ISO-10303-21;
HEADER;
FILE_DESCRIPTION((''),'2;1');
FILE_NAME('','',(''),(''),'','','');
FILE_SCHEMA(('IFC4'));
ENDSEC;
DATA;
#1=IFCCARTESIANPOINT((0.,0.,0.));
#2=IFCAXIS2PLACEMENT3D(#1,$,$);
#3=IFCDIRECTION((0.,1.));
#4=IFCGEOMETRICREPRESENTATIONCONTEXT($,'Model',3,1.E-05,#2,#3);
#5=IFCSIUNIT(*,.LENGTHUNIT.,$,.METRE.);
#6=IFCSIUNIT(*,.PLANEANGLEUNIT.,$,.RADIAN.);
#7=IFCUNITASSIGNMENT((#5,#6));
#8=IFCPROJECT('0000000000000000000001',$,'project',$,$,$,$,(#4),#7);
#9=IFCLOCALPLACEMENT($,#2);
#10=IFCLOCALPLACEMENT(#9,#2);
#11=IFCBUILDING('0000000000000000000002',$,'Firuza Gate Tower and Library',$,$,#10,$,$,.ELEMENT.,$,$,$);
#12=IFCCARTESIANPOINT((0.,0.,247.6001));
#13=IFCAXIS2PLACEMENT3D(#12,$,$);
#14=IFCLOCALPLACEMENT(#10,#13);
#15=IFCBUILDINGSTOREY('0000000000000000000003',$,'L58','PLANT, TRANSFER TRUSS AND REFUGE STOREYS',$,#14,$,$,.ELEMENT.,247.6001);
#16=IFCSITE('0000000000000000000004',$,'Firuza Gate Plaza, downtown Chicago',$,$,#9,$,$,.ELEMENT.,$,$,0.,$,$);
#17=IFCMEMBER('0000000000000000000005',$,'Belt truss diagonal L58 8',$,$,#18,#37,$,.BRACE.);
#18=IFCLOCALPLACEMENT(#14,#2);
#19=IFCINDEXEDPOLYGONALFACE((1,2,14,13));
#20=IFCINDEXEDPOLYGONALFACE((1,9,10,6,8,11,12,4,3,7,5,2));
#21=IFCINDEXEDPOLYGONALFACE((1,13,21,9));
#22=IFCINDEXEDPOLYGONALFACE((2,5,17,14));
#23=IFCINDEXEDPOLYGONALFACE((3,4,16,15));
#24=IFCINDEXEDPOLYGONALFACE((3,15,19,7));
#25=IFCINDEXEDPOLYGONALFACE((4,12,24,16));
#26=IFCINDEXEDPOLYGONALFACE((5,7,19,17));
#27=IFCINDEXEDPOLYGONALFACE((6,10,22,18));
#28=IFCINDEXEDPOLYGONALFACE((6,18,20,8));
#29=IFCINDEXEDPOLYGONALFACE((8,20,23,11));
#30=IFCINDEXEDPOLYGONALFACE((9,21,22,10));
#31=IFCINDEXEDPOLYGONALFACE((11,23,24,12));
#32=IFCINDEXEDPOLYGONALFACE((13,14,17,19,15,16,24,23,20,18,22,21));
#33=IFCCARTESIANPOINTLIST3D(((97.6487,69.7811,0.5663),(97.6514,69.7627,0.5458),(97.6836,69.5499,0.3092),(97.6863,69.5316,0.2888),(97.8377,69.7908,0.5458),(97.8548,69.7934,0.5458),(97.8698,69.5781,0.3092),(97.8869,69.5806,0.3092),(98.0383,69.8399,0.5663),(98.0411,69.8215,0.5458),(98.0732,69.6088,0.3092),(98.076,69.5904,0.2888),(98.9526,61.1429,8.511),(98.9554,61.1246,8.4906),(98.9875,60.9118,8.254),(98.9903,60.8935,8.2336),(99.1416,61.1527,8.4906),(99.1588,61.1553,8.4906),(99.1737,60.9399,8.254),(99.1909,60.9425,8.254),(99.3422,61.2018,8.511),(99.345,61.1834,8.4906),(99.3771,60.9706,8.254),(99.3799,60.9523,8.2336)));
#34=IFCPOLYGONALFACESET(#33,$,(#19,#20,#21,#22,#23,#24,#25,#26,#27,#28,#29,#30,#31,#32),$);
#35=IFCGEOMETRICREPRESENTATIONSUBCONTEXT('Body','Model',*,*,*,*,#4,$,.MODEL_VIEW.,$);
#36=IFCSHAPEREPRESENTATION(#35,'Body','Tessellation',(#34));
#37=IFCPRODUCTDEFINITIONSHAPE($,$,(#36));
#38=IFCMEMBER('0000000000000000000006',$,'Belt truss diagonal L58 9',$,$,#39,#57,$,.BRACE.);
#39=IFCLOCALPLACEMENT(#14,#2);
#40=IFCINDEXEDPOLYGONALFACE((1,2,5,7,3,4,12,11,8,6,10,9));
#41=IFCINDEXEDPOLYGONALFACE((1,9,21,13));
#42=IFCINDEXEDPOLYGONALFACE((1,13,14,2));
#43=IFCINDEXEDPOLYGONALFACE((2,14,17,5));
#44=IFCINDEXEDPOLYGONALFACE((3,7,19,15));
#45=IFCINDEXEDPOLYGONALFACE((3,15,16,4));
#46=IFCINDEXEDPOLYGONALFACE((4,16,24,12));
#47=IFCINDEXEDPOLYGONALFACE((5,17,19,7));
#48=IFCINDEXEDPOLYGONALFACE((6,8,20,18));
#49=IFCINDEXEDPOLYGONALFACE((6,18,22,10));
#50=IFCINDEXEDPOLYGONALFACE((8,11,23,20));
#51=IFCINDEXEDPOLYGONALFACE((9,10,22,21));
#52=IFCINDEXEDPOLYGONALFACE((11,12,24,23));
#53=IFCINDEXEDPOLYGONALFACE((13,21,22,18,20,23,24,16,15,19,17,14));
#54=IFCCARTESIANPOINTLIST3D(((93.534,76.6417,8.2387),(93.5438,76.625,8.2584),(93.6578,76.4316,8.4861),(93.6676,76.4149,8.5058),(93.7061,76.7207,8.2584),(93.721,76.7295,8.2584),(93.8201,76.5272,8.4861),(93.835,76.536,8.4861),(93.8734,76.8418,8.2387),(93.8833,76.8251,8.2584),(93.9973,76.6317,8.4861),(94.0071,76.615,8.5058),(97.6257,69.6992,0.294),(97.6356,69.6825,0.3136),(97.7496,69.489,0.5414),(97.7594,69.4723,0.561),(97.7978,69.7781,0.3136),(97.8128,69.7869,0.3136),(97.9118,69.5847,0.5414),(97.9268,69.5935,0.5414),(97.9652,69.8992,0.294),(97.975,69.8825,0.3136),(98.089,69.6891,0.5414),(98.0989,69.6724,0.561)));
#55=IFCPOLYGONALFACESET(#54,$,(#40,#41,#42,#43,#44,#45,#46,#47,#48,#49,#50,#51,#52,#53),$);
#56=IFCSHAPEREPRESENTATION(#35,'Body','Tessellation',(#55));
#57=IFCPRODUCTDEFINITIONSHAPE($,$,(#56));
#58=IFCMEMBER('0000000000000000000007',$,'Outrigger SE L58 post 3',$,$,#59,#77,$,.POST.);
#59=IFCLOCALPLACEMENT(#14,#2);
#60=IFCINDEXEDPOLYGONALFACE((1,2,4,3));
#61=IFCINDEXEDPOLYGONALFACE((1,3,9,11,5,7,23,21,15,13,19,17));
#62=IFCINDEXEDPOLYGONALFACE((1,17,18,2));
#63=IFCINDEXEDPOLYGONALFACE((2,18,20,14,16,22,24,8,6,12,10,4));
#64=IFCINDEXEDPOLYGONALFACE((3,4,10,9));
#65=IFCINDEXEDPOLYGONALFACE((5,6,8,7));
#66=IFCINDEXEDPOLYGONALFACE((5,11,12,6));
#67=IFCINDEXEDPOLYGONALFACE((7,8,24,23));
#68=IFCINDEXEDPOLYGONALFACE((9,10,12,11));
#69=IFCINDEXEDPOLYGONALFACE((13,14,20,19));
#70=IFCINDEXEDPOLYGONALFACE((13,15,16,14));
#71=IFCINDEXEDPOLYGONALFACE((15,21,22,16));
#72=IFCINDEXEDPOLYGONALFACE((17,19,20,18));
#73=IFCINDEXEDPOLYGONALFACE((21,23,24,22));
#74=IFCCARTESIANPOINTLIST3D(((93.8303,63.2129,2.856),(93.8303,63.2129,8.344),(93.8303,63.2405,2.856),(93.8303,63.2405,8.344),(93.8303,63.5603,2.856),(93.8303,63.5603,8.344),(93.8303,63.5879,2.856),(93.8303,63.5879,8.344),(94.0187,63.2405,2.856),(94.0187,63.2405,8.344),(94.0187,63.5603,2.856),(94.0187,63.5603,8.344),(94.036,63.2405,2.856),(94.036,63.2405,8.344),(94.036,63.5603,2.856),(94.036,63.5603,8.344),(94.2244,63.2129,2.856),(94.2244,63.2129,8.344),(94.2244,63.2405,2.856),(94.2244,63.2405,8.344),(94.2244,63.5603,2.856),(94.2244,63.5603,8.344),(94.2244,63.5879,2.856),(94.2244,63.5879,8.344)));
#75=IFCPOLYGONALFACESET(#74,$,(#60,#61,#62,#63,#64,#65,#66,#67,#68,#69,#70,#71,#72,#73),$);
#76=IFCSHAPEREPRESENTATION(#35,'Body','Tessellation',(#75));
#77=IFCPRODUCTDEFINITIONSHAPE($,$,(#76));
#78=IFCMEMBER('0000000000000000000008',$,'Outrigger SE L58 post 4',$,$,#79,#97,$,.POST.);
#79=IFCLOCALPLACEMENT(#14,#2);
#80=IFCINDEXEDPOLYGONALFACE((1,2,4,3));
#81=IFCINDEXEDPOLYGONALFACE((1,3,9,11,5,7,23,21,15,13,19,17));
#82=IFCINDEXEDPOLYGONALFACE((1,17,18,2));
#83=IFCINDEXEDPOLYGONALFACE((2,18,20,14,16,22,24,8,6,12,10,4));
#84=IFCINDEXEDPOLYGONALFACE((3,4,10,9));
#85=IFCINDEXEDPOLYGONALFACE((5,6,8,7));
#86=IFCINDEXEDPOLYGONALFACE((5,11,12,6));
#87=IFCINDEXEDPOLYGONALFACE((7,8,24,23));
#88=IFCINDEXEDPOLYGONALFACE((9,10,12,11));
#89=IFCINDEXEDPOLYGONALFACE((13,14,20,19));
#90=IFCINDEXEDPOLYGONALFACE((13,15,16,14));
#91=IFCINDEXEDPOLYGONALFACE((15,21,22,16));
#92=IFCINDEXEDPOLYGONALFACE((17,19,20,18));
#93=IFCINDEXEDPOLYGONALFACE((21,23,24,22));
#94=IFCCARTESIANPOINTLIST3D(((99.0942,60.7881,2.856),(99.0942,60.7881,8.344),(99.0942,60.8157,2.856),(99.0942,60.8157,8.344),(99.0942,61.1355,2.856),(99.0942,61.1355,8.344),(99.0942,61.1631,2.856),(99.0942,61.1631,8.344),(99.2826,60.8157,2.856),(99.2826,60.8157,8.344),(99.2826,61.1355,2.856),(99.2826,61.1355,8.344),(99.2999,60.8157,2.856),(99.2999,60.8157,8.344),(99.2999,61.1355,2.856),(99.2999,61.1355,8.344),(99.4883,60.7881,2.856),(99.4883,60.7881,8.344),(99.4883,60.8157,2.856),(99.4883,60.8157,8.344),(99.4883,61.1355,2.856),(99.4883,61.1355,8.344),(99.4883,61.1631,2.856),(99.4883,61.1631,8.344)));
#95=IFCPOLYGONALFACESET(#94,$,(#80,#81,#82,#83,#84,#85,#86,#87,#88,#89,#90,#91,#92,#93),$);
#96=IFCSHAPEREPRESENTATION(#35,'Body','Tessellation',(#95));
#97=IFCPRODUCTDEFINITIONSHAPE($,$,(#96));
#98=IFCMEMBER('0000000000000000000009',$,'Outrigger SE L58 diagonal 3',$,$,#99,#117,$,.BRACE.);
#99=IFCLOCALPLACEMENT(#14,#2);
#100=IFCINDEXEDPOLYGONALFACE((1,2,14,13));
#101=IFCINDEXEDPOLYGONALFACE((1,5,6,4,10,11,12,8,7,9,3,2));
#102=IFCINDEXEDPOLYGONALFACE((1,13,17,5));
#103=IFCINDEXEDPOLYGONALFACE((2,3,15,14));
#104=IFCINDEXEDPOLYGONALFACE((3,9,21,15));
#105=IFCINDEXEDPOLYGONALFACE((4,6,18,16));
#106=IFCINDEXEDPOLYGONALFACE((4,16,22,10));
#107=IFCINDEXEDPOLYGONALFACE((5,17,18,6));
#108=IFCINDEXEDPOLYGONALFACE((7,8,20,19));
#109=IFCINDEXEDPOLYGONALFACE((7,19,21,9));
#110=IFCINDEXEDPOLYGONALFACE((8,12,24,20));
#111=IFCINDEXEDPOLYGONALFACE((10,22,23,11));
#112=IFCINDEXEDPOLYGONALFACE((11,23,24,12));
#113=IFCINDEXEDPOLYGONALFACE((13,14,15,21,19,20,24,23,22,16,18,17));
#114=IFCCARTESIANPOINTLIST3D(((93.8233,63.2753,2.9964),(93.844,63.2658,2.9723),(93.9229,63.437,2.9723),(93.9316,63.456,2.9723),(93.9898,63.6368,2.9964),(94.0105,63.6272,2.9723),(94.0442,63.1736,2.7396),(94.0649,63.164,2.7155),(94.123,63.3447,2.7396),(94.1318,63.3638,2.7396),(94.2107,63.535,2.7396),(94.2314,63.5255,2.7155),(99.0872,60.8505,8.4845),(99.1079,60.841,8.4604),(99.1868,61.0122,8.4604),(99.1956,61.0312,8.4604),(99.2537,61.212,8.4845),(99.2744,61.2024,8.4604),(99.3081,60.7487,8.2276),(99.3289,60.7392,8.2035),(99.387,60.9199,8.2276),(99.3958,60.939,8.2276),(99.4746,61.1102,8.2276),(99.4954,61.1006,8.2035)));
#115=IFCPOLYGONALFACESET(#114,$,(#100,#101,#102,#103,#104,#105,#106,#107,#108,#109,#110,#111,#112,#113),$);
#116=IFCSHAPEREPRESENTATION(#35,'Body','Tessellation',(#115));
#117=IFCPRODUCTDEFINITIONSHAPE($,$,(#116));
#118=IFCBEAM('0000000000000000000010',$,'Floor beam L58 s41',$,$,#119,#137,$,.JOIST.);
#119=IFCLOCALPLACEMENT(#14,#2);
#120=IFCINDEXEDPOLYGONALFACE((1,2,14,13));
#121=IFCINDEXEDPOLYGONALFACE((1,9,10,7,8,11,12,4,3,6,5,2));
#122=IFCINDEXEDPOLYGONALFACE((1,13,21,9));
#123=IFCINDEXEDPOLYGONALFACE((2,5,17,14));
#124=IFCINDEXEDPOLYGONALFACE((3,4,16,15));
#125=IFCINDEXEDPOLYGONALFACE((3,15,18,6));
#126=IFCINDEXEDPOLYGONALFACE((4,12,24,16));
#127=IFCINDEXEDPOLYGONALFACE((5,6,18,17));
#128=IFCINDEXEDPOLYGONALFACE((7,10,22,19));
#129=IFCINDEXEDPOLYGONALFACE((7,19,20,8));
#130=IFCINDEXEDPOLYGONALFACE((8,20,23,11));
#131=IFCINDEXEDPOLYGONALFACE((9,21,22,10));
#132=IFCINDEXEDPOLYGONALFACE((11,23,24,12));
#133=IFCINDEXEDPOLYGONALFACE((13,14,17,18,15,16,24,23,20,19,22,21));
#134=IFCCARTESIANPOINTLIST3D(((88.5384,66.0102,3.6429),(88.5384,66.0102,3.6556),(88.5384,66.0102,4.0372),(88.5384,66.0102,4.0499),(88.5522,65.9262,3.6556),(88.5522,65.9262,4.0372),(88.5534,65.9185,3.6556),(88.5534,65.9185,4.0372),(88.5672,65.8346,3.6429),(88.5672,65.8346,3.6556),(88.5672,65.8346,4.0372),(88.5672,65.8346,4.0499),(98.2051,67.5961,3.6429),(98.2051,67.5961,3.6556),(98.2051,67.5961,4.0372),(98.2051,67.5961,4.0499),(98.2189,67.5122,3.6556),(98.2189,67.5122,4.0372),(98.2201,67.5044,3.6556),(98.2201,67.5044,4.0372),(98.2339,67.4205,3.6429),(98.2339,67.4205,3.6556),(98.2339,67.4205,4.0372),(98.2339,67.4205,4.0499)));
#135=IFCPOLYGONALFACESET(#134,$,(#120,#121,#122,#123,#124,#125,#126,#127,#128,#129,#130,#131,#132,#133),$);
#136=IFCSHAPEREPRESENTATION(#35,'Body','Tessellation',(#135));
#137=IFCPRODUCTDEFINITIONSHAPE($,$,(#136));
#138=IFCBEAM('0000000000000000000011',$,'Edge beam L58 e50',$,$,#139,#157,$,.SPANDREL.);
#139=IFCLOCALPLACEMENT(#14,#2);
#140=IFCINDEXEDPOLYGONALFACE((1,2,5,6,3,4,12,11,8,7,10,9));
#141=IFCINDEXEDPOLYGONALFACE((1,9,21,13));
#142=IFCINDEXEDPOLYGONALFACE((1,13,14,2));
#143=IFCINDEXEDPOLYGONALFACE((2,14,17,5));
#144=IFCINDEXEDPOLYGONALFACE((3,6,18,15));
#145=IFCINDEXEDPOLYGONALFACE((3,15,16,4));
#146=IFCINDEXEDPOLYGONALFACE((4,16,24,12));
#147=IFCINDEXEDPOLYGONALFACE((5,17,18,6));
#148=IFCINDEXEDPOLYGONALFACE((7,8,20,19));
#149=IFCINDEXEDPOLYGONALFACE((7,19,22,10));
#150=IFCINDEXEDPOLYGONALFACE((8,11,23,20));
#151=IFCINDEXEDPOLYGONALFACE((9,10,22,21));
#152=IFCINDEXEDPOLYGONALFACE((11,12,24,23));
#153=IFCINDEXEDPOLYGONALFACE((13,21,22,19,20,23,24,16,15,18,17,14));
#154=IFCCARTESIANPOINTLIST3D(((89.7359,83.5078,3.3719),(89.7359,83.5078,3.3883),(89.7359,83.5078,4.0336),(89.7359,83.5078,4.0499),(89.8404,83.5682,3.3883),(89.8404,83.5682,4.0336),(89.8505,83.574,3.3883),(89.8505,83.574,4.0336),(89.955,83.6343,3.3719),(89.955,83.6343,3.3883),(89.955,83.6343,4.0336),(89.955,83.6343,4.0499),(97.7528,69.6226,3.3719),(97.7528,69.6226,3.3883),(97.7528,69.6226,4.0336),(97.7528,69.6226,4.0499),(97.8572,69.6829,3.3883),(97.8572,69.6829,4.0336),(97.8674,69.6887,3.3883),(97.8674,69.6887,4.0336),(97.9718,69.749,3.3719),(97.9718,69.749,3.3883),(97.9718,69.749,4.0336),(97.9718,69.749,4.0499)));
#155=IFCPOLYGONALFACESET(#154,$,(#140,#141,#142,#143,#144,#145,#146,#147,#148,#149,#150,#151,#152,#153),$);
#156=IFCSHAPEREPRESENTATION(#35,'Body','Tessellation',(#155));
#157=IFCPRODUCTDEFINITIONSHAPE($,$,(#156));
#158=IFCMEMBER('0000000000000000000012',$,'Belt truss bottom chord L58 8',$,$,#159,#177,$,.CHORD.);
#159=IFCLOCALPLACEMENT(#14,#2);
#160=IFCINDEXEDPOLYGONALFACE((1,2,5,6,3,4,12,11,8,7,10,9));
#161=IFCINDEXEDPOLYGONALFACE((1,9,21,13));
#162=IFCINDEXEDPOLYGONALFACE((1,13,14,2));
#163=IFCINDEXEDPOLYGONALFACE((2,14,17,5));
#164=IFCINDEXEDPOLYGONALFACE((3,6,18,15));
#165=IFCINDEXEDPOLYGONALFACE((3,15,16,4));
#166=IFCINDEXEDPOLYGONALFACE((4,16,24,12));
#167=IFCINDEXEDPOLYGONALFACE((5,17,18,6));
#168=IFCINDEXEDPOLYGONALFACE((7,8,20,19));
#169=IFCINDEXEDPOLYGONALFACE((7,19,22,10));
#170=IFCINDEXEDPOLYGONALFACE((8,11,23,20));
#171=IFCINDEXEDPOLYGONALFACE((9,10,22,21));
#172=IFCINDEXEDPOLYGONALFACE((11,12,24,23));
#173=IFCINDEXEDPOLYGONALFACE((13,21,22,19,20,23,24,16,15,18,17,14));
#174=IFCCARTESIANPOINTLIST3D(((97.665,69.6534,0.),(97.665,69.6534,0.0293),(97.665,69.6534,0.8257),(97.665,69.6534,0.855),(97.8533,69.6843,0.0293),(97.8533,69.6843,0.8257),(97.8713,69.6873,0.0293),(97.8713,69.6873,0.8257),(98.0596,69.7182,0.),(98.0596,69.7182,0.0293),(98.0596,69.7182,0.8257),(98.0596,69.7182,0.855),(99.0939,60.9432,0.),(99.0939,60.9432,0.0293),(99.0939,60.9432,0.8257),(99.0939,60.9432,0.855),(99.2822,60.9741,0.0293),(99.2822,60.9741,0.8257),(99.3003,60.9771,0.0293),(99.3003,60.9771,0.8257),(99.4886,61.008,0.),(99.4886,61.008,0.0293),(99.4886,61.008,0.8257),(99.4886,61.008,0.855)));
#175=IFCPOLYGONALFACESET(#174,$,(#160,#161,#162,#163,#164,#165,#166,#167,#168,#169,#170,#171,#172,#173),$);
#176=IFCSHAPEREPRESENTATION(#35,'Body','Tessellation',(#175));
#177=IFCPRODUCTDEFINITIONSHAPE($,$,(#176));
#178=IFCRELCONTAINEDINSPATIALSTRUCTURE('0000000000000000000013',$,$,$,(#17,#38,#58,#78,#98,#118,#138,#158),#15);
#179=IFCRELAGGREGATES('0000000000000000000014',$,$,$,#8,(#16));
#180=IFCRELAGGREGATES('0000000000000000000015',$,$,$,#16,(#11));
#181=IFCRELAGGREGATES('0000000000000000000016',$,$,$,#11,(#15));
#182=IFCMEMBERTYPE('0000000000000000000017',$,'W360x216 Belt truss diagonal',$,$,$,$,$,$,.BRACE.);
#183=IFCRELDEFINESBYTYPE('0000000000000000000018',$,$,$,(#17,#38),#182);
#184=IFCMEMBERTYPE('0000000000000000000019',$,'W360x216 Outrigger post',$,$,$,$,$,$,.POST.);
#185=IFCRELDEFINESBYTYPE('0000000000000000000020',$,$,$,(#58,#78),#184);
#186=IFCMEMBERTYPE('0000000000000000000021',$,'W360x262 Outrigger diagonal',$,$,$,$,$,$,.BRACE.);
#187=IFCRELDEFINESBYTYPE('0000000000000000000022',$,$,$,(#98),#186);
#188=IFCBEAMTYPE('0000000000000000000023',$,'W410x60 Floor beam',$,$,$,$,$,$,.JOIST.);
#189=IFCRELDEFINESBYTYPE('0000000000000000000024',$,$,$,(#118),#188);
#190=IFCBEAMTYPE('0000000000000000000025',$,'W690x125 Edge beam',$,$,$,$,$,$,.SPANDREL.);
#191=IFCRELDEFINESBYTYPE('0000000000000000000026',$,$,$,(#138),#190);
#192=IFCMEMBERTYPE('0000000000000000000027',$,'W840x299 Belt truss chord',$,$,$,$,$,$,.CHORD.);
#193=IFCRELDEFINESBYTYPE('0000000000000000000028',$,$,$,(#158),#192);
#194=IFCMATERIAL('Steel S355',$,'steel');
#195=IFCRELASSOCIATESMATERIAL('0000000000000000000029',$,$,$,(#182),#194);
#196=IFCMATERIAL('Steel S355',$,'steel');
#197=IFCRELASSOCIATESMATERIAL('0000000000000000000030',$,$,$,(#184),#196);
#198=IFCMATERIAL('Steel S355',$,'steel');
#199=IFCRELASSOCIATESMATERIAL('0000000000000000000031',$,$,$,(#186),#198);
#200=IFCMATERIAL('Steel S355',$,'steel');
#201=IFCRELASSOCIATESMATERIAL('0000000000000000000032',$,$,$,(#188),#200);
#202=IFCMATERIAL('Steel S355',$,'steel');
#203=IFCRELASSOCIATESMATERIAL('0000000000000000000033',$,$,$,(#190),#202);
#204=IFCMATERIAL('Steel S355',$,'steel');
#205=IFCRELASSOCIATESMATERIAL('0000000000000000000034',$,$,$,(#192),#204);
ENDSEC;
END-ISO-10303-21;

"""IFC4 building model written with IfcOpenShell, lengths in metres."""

from ifc_helpers import new_model, si_unit, direction, frame, origin, origin_2d, place, context, subcontext, project, spatial, i_section, extrude, material, material_profile, profile_set, type_object, element, save


model = new_model("IFC4")

# Units and contexts
model_context = context("Model", 3, precision=1e-05, world=origin(), true_north=direction((0.0, 1.0)))
body_context = subcontext(model_context, "Body", "Model", "MODEL_VIEW")
ifc_project = project(units=[si_unit("LENGTHUNIT", "METRE"), si_unit("PLANEANGLEUNIT", "RADIAN")], contexts=[model_context])

# Site, building, storey
site_placement = place(None, origin())
site = spatial("IfcSite", under=ifc_project, at=site_placement, Name="Firuza Gate Plaza, downtown Chicago", CompositionType="ELEMENT", RefElevation=0.0)
building_placement = place(site_placement, origin())
building = spatial("IfcBuilding", under=site, at=building_placement, Name="Firuza Gate Tower and Library", CompositionType="ELEMENT")
storey_placement = place(building_placement, frame((0.0, 0.0, 247.6001)))
storey = spatial("IfcBuildingStorey", under=building, at=storey_placement, Name="L58", Description="PLANT, TRANSFER TRUSS AND REFUGE STOREYS", CompositionType="ELEMENT", Elevation=247.6001)

# Members
ifc_material_1 = material(Name="Steel S355", Category="steel")
ifc_material_profile_1 = material_profile(ifc_material_1, i_section(OverallWidth=0.394, OverallDepth=0.375, WebThickness=0.0173, FlangeThickness=0.0276, at=origin_2d()))
ifc_profile_set_1 = profile_set([ifc_material_profile_1], Name="Steel S355")
member_type_1 = type_object("IfcMemberType", Name="W360x216 Belt truss diagonal", PredefinedType="BRACE", material=ifc_profile_set_1)
member_1_placement = place(storey_placement, frame((99.1663, 61.0476, 8.3723), z_axis=(-0.110426, 0.731528, -0.67281), x_axis=(-0.988798, -0.149261, 0.0)))
element("IfcMember", 1, at=member_1_placement, inside=storey, type_object=member_type_1, Name="Belt truss diagonal L58 8", PredefinedType="BRACE", context=body_context, shape_type="SweptSolid", body=[
    extrude(i_section(OverallWidth=0.394, OverallDepth=0.375, WebThickness=0.0173, FlangeThickness=0.0276, at=origin_2d()), origin(), (0.0, 0.0, 1.0), 11.8083),
])
member_2_placement = place(storey_placement, frame((97.8623, 69.6858, 0.4275), z_axis=(-0.361578, 0.613496, 0.702057), x_axis=(-0.861506, -0.507748, 0.0)))
element("IfcMember", 2, at=member_2_placement, inside=storey, type_object=member_type_1, Name="Belt truss diagonal L58 9", PredefinedType="BRACE", context=body_context, shape_type="SweptSolid", body=[
    extrude(i_section(OverallWidth=0.394, OverallDepth=0.375, WebThickness=0.0173, FlangeThickness=0.0276, at=origin_2d()), origin(), (0.0, 0.0, 1.0), 11.3164),
])
ifc_material_2 = material(Name="Steel S355", Category="steel")
ifc_material_profile_2 = material_profile(ifc_material_2, i_section(OverallWidth=0.394, OverallDepth=0.375, WebThickness=0.0173, FlangeThickness=0.0276, at=origin_2d()))
ifc_profile_set_2 = profile_set([ifc_material_profile_2], Name="Steel S355")
member_type_2 = type_object("IfcMemberType", Name="W360x216 Outrigger post", PredefinedType="POST", material=ifc_profile_set_2)
for number, where, z_axis, x_axis, name in (
    (3, (94.0273, 63.4004, 2.856), (0.0, 0.0, 1.0), (1.0, 0.0, 0.0), "Outrigger SE L58 post 3"),
    (4, (99.2913, 60.9756, 2.856), (0.0, 0.0, 1.0), (1.0, 0.0, 0.0), "Outrigger SE L58 post 4"),
):
    element("IfcMember", number, at=place(storey_placement, frame(where, z_axis=z_axis, x_axis=x_axis)), inside=storey, type_object=member_type_2, Name=name, PredefinedType="POST", context=body_context, shape_type="SweptSolid", body=[
        extrude(i_section(OverallWidth=0.394, OverallDepth=0.375, WebThickness=0.0173, FlangeThickness=0.0276, at=origin_2d()), origin(), (0.0, 0.0, 1.0), 5.488),
    ])
ifc_material_3 = material(Name="Steel S355", Category="steel")
ifc_material_profile_3 = material_profile(ifc_material_3, i_section(OverallWidth=0.3979, OverallDepth=0.387, WebThickness=0.021, FlangeThickness=0.0332, at=origin_2d()))
ifc_profile_set_3 = profile_set([ifc_material_profile_3], Name="Steel S355")
member_type_3 = type_object("IfcMemberType", Name="W360x262 Outrigger diagonal", PredefinedType="BRACE", material=ifc_profile_set_3)
member_3_placement = place(storey_placement, frame((94.0273, 63.4004, 2.856), z_axis=(0.659501, -0.303797, 0.68758), x_axis=(0.41839, 0.908267, 0.0)))
element("IfcMember", 5, at=member_3_placement, inside=storey, type_object=member_type_3, Name="Outrigger SE L58 diagonal 3", PredefinedType="BRACE", context=body_context, shape_type="SweptSolid", body=[
    extrude(i_section(OverallWidth=0.3979, OverallDepth=0.387, WebThickness=0.021, FlangeThickness=0.0332, at=origin_2d()), origin(), (0.0, 0.0, 1.0), 7.9817),
])

# Beams
ifc_material_4 = material(Name="Steel S355", Category="steel")
ifc_material_profile_4 = material_profile(ifc_material_4, i_section(OverallWidth=0.178, OverallDepth=0.407, WebThickness=0.0078, FlangeThickness=0.0127, at=origin_2d()))
ifc_profile_set_4 = profile_set([ifc_material_profile_4], Name="Steel S355")
beam_type_1 = type_object("IfcBeamType", Name="W410x60 Floor beam", PredefinedType="JOIST", material=ifc_profile_set_4)
beam_1_placement = place(storey_placement, frame((98.2195, 67.5083, 3.8464), z_axis=(-0.986808, -0.161897, 0.0), x_axis=(0.161897, -0.986808, 0.0)))
element("IfcBeam", 6, at=beam_1_placement, inside=storey, type_object=beam_type_1, Name="Floor beam L58 s41", PredefinedType="JOIST", context=body_context, shape_type="SweptSolid", body=[
    extrude(i_section(OverallWidth=0.178, OverallDepth=0.407, WebThickness=0.0078, FlangeThickness=0.0127, at=origin_2d()), origin(), (0.0, 0.0, 1.0), 9.7959),
])
ifc_material_5 = material(Name="Steel S355", Category="steel")
ifc_material_profile_5 = material_profile(ifc_material_5, i_section(OverallWidth=0.2529, OverallDepth=0.678, WebThickness=0.0117, FlangeThickness=0.0164, at=origin_2d()))
ifc_profile_set_5 = profile_set([ifc_material_profile_5], Name="Steel S355")
beam_type_2 = type_object("IfcBeamType", Name="W690x125 Edge beam", PredefinedType="SPANDREL", material=ifc_profile_set_5)
beam_2_placement = place(storey_placement, frame((97.8623, 69.6858, 3.7109), z_axis=(-0.500009, 0.86602, 0.0), x_axis=(-0.86602, -0.500009, 0.0)))
element("IfcBeam", 7, at=beam_2_placement, inside=storey, type_object=beam_type_2, Name="Edge beam L58 e50", PredefinedType="SPANDREL", context=body_context, shape_type="SweptSolid", body=[
    extrude(i_section(OverallWidth=0.2529, OverallDepth=0.678, WebThickness=0.0117, FlangeThickness=0.0164, at=origin_2d()), origin(), (0.0, 0.0, 1.0), 16.0334),
])

# Member
ifc_material_6 = material(Name="Steel S355", Category="steel")
ifc_material_profile_6 = material_profile(ifc_material_6, i_section(OverallWidth=0.3999, OverallDepth=0.855, WebThickness=0.0183, FlangeThickness=0.0293, at=origin_2d()))
ifc_profile_set_6 = profile_set([ifc_material_profile_6], Name="Steel S355")
member_type_4 = type_object("IfcMemberType", Name="W840x299 Belt truss chord", PredefinedType="CHORD", material=ifc_profile_set_6)
member_4_placement = place(storey_placement, frame((99.2913, 60.9756, 0.4275), z_axis=(-0.161891, 0.986809, 0.0), x_axis=(-0.986809, -0.161891, 0.0)))
element("IfcMember", 8, at=member_4_placement, inside=storey, type_object=member_type_4, Name="Belt truss bottom chord L58 8", PredefinedType="CHORD", context=body_context, shape_type="SweptSolid", body=[
    extrude(i_section(OverallWidth=0.3999, OverallDepth=0.855, WebThickness=0.0183, FlangeThickness=0.0293, at=origin_2d()), origin(), (0.0, 0.0, 1.0), 8.8267),
])

save(model, "model.ifc")
